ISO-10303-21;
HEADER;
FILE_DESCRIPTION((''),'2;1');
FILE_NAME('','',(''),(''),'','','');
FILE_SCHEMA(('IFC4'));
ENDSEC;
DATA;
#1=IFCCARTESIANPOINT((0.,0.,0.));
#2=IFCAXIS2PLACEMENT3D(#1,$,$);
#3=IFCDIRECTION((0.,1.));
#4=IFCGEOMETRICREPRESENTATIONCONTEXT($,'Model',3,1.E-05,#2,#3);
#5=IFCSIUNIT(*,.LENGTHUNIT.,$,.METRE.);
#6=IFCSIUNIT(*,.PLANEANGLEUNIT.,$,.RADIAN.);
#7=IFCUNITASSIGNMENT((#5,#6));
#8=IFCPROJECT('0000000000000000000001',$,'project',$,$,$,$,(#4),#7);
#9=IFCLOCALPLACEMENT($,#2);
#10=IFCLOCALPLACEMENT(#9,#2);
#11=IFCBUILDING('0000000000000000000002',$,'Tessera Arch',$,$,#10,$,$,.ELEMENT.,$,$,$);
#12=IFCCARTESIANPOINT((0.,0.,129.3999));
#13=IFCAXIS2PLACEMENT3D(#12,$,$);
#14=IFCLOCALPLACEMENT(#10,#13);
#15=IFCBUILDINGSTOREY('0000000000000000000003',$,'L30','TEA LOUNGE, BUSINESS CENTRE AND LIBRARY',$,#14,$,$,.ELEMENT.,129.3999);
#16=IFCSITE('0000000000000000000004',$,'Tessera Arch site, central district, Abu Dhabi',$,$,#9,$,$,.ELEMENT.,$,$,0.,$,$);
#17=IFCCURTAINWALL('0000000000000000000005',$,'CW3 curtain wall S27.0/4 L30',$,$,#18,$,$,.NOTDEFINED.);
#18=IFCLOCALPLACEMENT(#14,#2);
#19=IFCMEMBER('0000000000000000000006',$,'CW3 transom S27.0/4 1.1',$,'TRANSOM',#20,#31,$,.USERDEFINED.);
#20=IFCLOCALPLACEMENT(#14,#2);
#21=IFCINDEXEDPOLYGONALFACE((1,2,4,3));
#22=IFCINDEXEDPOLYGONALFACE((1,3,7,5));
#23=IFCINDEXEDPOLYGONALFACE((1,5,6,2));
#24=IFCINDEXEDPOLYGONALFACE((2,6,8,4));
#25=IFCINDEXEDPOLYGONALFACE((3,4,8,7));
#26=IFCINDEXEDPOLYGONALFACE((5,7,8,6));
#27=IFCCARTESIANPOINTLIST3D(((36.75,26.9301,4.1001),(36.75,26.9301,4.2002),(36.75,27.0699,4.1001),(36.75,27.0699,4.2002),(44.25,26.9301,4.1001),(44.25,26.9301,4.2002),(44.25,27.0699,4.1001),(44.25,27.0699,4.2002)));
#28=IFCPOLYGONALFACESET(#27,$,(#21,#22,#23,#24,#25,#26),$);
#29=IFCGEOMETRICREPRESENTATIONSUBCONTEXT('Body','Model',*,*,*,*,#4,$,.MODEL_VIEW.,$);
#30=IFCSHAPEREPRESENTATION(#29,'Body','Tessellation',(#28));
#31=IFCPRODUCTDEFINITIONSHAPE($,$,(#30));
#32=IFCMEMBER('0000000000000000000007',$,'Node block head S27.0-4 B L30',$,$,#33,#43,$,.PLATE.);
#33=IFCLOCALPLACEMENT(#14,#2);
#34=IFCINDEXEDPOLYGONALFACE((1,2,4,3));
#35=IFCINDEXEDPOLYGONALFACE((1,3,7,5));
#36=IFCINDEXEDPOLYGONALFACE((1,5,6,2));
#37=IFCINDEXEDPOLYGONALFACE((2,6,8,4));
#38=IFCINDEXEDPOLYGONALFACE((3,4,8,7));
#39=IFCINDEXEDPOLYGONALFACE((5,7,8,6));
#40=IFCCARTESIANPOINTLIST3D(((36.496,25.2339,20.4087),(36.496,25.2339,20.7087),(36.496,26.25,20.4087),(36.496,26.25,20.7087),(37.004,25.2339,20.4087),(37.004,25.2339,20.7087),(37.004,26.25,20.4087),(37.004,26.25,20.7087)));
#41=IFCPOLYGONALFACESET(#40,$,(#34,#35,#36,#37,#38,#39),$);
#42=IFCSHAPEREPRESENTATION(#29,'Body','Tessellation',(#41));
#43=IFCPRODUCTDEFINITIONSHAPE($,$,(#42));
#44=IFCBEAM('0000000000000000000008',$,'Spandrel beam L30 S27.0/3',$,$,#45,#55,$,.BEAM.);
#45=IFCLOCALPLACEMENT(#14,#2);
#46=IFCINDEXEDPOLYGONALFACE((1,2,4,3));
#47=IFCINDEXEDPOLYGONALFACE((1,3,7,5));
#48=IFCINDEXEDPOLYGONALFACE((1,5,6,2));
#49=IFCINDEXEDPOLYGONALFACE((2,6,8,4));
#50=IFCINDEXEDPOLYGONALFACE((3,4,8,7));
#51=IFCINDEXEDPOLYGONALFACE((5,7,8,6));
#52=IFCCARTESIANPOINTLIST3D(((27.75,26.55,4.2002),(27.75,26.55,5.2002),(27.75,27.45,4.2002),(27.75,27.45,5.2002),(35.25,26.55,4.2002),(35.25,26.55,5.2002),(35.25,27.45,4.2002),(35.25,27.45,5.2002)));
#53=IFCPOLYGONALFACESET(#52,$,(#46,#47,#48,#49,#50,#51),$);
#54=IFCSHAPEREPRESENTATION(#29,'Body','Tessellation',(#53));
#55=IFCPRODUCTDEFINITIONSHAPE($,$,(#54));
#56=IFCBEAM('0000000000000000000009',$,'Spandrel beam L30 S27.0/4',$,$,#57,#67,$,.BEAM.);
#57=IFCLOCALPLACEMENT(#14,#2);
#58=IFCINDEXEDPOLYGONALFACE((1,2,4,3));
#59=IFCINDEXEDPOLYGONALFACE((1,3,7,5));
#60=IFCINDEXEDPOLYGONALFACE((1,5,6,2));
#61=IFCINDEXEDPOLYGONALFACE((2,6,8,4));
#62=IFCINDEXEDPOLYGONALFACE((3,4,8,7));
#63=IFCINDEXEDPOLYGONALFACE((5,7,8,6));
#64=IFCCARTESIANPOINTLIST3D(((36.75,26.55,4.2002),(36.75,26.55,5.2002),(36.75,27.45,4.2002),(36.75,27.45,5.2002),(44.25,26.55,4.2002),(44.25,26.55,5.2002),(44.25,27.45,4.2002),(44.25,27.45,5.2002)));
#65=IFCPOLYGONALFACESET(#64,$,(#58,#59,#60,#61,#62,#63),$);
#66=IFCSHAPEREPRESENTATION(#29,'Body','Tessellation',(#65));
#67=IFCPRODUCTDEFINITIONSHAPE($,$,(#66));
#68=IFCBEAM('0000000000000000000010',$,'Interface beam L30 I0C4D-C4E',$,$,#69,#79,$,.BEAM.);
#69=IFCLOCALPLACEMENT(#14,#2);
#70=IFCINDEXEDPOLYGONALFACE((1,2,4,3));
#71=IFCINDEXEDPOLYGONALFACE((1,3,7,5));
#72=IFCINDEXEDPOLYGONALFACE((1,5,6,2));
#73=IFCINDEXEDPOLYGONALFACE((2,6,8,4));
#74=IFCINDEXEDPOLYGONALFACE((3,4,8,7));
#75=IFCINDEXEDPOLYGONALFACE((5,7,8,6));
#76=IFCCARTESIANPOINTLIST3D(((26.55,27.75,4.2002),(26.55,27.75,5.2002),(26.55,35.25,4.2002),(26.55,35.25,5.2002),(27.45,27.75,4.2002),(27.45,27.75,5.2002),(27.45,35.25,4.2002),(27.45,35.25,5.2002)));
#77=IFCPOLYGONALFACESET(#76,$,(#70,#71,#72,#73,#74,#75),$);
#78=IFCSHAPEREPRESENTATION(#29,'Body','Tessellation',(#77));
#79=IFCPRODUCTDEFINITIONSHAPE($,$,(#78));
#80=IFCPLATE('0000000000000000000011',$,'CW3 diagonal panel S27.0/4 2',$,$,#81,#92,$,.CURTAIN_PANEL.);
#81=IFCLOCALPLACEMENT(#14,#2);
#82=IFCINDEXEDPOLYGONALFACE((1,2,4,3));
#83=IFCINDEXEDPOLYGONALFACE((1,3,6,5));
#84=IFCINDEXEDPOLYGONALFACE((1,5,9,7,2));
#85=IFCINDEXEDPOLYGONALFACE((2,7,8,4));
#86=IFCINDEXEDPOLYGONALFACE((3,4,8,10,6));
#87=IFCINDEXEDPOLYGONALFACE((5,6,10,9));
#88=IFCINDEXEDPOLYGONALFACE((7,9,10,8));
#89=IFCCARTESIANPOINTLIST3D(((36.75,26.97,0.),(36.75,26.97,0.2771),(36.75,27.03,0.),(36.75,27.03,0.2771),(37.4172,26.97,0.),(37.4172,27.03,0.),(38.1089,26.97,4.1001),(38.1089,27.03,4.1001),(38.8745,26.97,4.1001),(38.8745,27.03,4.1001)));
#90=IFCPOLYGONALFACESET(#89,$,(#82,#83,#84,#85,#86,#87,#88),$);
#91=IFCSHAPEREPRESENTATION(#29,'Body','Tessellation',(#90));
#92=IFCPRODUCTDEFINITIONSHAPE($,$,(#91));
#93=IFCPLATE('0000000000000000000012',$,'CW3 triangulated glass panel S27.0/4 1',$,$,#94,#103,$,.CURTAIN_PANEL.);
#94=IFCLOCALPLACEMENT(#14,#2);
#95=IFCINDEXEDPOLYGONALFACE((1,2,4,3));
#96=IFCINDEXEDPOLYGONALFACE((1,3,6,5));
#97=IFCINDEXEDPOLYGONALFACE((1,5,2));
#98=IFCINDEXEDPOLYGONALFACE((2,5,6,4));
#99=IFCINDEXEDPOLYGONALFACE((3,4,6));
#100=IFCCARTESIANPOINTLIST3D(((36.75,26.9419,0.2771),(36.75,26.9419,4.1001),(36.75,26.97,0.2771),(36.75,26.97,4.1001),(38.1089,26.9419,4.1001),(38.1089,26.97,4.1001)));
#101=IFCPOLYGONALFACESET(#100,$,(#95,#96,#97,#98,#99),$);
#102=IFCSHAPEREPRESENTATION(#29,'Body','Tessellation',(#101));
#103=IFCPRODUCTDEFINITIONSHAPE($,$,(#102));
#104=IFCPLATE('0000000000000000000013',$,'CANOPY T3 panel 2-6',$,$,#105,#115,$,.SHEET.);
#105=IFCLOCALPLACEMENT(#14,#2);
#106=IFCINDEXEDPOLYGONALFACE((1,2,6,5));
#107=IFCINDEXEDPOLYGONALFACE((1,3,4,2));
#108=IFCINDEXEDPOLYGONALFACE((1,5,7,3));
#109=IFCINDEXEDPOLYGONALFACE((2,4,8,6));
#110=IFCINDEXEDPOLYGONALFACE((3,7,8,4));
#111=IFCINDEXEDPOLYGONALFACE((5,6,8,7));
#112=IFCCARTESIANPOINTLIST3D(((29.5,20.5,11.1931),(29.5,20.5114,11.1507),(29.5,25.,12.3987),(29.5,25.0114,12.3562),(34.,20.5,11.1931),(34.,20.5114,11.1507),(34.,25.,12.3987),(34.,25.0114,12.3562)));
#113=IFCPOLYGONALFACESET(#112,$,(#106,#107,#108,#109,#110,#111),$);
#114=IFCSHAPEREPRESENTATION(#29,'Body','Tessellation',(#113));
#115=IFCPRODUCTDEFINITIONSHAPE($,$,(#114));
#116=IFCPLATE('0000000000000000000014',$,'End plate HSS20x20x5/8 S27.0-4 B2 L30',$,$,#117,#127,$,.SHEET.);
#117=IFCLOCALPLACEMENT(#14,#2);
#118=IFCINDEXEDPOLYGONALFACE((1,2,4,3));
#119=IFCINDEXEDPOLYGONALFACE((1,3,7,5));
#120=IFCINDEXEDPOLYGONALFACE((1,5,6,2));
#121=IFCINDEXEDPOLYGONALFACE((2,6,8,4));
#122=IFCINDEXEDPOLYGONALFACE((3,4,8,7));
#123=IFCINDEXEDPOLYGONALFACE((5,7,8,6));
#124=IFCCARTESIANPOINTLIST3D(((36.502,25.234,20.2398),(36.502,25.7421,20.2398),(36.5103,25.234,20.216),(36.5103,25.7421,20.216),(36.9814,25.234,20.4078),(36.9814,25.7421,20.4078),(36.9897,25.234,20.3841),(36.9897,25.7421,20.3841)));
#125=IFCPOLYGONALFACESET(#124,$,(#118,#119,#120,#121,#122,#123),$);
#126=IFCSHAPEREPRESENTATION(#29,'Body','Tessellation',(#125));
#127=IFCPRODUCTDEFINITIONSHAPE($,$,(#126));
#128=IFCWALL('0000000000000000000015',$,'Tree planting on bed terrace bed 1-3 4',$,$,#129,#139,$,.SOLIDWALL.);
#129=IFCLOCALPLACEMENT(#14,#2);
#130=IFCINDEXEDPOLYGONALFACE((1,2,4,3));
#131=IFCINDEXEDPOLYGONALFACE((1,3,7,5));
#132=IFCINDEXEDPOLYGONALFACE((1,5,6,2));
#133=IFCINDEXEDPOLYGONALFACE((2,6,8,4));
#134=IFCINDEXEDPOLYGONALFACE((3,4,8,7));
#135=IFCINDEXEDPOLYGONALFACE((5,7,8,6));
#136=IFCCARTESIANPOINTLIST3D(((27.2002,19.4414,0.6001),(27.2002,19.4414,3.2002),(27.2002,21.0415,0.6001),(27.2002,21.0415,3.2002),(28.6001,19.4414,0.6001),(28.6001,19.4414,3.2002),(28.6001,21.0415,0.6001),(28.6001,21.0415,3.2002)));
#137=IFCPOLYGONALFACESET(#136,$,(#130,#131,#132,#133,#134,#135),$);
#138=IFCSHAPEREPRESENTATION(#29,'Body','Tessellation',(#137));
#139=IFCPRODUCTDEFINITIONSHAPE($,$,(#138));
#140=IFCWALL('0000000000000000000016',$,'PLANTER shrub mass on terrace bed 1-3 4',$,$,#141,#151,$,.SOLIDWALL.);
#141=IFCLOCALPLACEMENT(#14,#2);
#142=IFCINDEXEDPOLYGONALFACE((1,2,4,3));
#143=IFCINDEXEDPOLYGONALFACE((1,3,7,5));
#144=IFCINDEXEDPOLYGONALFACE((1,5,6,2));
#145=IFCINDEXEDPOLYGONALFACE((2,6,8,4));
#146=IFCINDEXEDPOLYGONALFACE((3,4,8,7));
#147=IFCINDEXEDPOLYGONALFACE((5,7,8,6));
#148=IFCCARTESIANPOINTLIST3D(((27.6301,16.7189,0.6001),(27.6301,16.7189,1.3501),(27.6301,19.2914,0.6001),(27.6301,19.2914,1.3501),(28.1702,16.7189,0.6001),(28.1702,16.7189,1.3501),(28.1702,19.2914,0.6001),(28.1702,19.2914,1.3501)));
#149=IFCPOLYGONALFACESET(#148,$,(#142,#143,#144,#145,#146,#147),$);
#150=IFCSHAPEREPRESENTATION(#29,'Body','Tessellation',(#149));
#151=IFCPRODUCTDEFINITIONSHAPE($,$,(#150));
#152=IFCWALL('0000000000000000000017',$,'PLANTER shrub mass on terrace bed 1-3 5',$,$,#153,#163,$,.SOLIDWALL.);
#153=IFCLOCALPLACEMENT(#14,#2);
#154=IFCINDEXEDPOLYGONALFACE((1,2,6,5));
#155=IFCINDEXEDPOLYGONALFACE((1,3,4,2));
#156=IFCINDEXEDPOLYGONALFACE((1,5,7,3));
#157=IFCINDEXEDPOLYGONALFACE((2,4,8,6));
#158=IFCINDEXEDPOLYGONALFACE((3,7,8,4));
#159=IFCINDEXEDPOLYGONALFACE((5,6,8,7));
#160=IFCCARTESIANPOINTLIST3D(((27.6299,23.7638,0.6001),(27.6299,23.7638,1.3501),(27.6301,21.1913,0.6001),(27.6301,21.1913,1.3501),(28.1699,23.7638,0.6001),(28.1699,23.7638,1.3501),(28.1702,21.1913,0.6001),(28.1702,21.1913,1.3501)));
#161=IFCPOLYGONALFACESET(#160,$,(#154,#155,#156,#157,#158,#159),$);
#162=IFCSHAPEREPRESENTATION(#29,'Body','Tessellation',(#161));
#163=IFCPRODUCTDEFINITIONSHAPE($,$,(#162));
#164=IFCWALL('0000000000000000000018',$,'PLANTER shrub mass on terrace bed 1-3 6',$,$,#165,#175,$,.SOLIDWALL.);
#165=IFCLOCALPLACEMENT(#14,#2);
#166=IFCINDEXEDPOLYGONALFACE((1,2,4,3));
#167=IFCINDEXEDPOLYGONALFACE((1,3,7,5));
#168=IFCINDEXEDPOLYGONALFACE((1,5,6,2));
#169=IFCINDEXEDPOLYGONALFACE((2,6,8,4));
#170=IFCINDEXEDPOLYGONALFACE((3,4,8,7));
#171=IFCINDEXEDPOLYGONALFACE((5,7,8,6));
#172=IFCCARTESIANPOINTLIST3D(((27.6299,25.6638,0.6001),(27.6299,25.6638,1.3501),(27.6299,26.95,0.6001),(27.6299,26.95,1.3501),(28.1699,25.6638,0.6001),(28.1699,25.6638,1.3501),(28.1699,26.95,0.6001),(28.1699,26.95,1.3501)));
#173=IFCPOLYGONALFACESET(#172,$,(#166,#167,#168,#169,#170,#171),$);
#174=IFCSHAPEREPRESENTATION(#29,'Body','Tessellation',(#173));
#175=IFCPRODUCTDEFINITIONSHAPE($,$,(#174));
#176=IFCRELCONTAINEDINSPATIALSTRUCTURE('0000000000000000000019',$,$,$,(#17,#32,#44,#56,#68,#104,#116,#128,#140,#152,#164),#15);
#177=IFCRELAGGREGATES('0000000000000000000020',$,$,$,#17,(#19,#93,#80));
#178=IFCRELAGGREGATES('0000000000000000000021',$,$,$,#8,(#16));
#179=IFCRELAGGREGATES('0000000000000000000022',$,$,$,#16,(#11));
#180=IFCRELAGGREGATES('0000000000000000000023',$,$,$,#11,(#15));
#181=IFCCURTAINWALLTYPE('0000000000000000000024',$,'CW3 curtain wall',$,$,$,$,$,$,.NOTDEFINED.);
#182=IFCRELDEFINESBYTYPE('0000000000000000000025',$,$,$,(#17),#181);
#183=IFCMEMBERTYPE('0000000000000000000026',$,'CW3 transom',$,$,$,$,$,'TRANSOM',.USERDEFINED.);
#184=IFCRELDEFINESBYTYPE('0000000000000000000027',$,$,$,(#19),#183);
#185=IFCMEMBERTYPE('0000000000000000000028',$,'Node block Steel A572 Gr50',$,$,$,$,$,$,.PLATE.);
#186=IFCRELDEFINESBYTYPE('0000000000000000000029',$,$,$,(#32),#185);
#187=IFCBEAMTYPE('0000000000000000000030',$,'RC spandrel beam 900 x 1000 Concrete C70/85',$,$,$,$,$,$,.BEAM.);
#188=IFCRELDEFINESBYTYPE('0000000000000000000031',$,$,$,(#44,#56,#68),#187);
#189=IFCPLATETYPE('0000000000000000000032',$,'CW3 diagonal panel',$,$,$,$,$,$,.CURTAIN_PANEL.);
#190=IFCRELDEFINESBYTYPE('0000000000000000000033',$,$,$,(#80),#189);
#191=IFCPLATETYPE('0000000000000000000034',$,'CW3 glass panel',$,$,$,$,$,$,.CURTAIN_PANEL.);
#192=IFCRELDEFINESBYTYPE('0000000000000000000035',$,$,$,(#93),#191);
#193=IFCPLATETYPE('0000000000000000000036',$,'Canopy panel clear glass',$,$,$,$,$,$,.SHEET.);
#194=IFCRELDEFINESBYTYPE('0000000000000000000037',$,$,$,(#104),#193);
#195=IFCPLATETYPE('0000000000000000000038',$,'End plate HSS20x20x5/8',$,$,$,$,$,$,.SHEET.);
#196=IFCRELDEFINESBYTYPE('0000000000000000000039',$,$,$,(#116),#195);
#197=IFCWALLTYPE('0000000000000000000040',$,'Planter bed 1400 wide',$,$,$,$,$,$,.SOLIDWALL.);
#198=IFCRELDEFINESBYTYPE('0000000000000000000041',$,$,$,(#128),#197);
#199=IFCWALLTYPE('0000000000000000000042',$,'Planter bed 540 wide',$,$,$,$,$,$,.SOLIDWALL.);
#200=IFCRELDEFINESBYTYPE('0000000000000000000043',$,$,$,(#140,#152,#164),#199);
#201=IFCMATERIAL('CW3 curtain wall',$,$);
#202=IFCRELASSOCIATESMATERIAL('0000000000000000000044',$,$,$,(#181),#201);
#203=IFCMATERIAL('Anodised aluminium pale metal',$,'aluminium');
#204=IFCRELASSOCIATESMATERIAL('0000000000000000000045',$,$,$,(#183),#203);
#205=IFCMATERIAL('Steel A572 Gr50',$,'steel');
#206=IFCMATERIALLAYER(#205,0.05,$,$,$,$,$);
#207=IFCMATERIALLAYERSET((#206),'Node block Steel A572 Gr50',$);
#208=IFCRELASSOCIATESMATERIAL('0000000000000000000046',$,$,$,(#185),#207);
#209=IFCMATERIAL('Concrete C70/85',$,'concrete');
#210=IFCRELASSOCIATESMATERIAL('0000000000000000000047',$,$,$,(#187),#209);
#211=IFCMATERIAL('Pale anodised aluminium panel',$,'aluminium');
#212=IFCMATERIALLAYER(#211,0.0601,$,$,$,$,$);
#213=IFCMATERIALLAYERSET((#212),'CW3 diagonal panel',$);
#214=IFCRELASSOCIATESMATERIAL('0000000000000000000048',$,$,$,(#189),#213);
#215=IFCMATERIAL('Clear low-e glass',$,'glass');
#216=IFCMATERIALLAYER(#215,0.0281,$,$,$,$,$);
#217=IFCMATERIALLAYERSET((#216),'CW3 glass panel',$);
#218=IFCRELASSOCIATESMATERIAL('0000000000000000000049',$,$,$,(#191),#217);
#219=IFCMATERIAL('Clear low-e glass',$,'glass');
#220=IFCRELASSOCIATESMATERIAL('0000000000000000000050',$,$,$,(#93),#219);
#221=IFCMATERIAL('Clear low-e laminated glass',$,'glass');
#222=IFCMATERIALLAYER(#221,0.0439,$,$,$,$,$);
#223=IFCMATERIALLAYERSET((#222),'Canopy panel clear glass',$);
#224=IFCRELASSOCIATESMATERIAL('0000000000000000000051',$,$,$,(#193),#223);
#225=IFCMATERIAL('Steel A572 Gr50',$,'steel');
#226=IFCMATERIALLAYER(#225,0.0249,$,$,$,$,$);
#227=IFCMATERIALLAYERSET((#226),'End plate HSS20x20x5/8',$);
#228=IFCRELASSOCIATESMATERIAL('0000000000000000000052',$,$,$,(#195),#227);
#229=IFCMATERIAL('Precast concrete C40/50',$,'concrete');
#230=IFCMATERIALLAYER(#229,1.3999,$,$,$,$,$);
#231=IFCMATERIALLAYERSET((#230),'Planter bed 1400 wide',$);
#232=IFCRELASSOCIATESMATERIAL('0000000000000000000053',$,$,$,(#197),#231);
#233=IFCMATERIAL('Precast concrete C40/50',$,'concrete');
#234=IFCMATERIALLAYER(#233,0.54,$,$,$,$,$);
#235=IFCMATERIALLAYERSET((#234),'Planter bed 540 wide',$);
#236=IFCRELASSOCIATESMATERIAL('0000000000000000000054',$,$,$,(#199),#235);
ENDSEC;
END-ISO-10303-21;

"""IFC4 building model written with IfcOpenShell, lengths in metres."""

from ifc_helpers import new_model, si_unit, direction, frame, frame_2d, origin, origin_2d, place, context, subcontext, project, spatial, polyline, rectangle, outline, extrude, material, layer, layer_set, material_profile, profile_set, type_object, element, aggregate, save


model = new_model("IFC4")

# Units and contexts
model_context = context("Model", 3, precision=1e-05, world=origin(), true_north=direction((0.0, 1.0)))
body_context = subcontext(model_context, "Body", "Model", "MODEL_VIEW")
ifc_project = project(units=[si_unit("LENGTHUNIT", "METRE"), si_unit("PLANEANGLEUNIT", "RADIAN")], contexts=[model_context])

# Site, building, storey
site_placement = place(None, origin())
site = spatial("IfcSite", under=ifc_project, at=site_placement, Name="Tessera Arch site, central district, Abu Dhabi", CompositionType="ELEMENT", RefElevation=0.0)
building_placement = place(site_placement, origin())
building = spatial("IfcBuilding", under=site, at=building_placement, Name="Tessera Arch", CompositionType="ELEMENT")
storey_placement = place(building_placement, frame((0.0, 0.0, 129.3999)))
storey = spatial("IfcBuildingStorey", under=building, at=storey_placement, Name="L30", Description="TEA LOUNGE, BUSINESS CENTRE AND LIBRARY", CompositionType="ELEMENT", Elevation=129.3999)

# Curtain wall, member
ifc_material_1 = material(Name="CW3 curtain wall")
curtain_wall_type = type_object("IfcCurtainWallType", Name="CW3 curtain wall", PredefinedType="NOTDEFINED", material=ifc_material_1)
curtain_wall_placement = place(storey_placement, origin())
curtain_wall = element("IfcCurtainWall", 1, at=curtain_wall_placement, inside=storey, type_object=curtain_wall_type, Name="CW3 curtain wall S27.0/4 L30", PredefinedType="NOTDEFINED")
ifc_material_2 = material(Name="Anodised aluminium pale metal", Category="aluminium")
ifc_material_profile_1 = material_profile(ifc_material_2, rectangle(XDim=0.1399, YDim=0.1001, at=origin_2d()), Name="AL 140x100")
ifc_profile_set_1 = profile_set([ifc_material_profile_1], Name="Anodised aluminium pale metal")
member_type_1 = type_object("IfcMemberType", Name="CW3 transom", ElementType="TRANSOM", PredefinedType="USERDEFINED", material=ifc_profile_set_1)
member_1_placement = place(storey_placement, frame((36.75, 27.0, 4.1501), z_axis=(1.0, 0.0, 0.0), x_axis=(0.0, 1.0, 0.0)))
member_1 = element("IfcMember", 2, at=member_1_placement, type_object=member_type_1, Name="CW3 transom S27.0/4 1.1", ObjectType="TRANSOM", PredefinedType="USERDEFINED", context=body_context, shape_type="SweptSolid", body=[
    extrude(rectangle(XDim=0.1399, YDim=0.1001, at=origin_2d()), origin(), (0.0, 0.0, 1.0), 7.5),
])

# Member
ifc_material_3 = material(Name="Steel A572 Gr50", Category="steel")
ifc_layer_1 = layer(ifc_material_3, 0.05)
ifc_layer_set_1 = layer_set([ifc_layer_1], Name="Node block Steel A572 Gr50")
member_type_2 = type_object("IfcMemberType", Name="Node block Steel A572 Gr50", PredefinedType="PLATE", material=ifc_layer_set_1)
member_2_placement = place(storey_placement, frame((36.75, 25.7419, 20.4087), z_axis=(0.0, 0.0, 1.0), x_axis=(1.0, 0.0, 0.0)))
element("IfcMember", 3, at=member_2_placement, inside=storey, type_object=member_type_2, Name="Node block head S27.0-4 B L30", PredefinedType="PLATE", context=body_context, shape_type="SweptSolid", body=[
    extrude(rectangle(XDim=0.5081, YDim=1.0161, at=origin_2d()), origin(), (0.0, 0.0, 1.0), 0.3),
])

# Beams
ifc_material_4 = material(Name="Concrete C70/85", Category="concrete")
ifc_material_profile_2 = material_profile(ifc_material_4, rectangle(XDim=0.8999, YDim=1.0, at=origin_2d()), Name="RC spandrel beam 900 x 1000 Concrete C70/85")
ifc_profile_set_2 = profile_set([ifc_material_profile_2], Name="Concrete C70/85")
beam_type = type_object("IfcBeamType", Name="RC spandrel beam 900 x 1000 Concrete C70/85", PredefinedType="BEAM", material=ifc_profile_set_2)
for number, where, z_axis, x_axis, name in (
    (4, (27.75, 27.0, 4.7002), (1.0, 0.0, 0.0), (0.0, 1.0, 0.0), "Spandrel beam L30 S27.0/3"),
    (5, (36.75, 27.0, 4.7002), (1.0, 0.0, 0.0), (0.0, 1.0, 0.0), "Spandrel beam L30 S27.0/4"),
    (6, (27.0, 27.75, 4.7002), (0.0, 1.0, 0.0), (-1.0, 0.0, 0.0), "Interface beam L30 I0C4D-C4E"),
):
    element("IfcBeam", number, at=place(storey_placement, frame(where, z_axis=z_axis, x_axis=x_axis)), inside=storey, type_object=beam_type, Name=name, PredefinedType="BEAM", context=body_context, shape_type="SweptSolid", body=[
        extrude(rectangle(XDim=0.8999, YDim=1.0, at=origin_2d()), origin(), (0.0, 0.0, 1.0), 7.5),
    ])

# Plates
ifc_material_5 = material(Name="Pale anodised aluminium panel", Category="aluminium")
ifc_layer_2 = layer(ifc_material_5, 0.0601)
ifc_layer_set_2 = layer_set([ifc_layer_2], Name="CW3 diagonal panel")
plate_type_1 = type_object("IfcPlateType", Name="CW3 diagonal panel", PredefinedType="CURTAIN_PANEL", material=ifc_layer_set_2)
plate_1_placement = place(storey_placement, frame((38.8745, 26.97, 4.1001), z_axis=(0.0, -1.0, 0.0), x_axis=(-1.0, 0.0, 0.0)))
plate_1 = element("IfcPlate", 7, at=plate_1_placement, type_object=plate_type_1, Name="CW3 diagonal panel S27.0/4 2", PredefinedType="CURTAIN_PANEL", context=body_context, shape_type="SweptSolid", body=[
    extrude(outline(polyline([(0.0, 0.0), (0.7656, 0.0), (2.1245, 3.823), (2.1245, 4.1001), (1.4573, 4.1001), (0.0, 0.0)])), origin(), (0.0, 0.0, -1.0), 0.0601),
])
ifc_material_6 = material(Name="Clear low-e glass", Category="glass")
ifc_material_7 = material(Name="Clear low-e glass", Category="glass")
ifc_layer_3 = layer(ifc_material_7, 0.0281)
ifc_layer_set_3 = layer_set([ifc_layer_3], Name="CW3 glass panel")
plate_type_2 = type_object("IfcPlateType", Name="CW3 glass panel", PredefinedType="CURTAIN_PANEL", material=ifc_layer_set_3)
plate_2_placement = place(storey_placement, frame((36.75, 26.9419, 4.1001), z_axis=(0.0, -1.0, 0.0), x_axis=(0.0, 0.0, -1.0)))
plate_2 = element("IfcPlate", 8, at=plate_2_placement, type_object=plate_type_2, material=ifc_material_6, Name="CW3 triangulated glass panel S27.0/4 1", PredefinedType="CURTAIN_PANEL", context=body_context, shape_type="SweptSolid", body=[
    extrude(outline(polyline([(0.0, 0.0), (3.823, 0.0), (0.0, 1.3589), (0.0, 0.0)])), origin(), (0.0, 0.0, -1.0), 0.0281),
])
aggregate(curtain_wall, [member_1, plate_2, plate_1])

# Plates
ifc_material_8 = material(Name="Clear low-e laminated glass", Category="glass")
ifc_layer_4 = layer(ifc_material_8, 0.0439)
ifc_layer_set_4 = layer_set([ifc_layer_4], Name="Canopy panel clear glass")
plate_type_3 = type_object("IfcPlateType", Name="Canopy panel clear glass", PredefinedType="SHEET", material=ifc_layer_set_4)
plate_3_placement = place(storey_placement, frame((34.0, 20.5, 11.1931), z_axis=(0.0, -0.258778, 0.965937), x_axis=(0.0, 0.965937, 0.258778)))
element("IfcPlate", 9, at=plate_3_placement, inside=storey, type_object=plate_type_3, Name="CANOPY T3 panel 2-6", PredefinedType="SHEET", context=body_context, shape_type="SweptSolid", body=[
    extrude(outline(polyline([(0.0, 0.0), (4.6587, 0.0), (4.6587, 4.5), (0.0, 4.5), (0.0, 0.0)])), origin(), (0.0, 0.0, -1.0), 0.0439),
])
ifc_material_9 = material(Name="Steel A572 Gr50", Category="steel")
ifc_layer_5 = layer(ifc_material_9, 0.0249)
ifc_layer_set_5 = layer_set([ifc_layer_5], Name="End plate HSS20x20x5/8")
plate_type_4 = type_object("IfcPlateType", Name="End plate HSS20x20x5/8", PredefinedType="SHEET", material=ifc_layer_set_5)
plate_4_placement = place(storey_placement, frame((36.75, 25.488, 20.3), z_axis=(-0.330784, 0.0, 0.943707), x_axis=(0.0, -1.0, 0.0)))
element("IfcPlate", 10, at=plate_4_placement, inside=storey, type_object=plate_type_4, Name="End plate HSS20x20x5/8 S27.0-4 B2 L30", PredefinedType="SHEET", context=body_context, shape_type="SweptSolid", body=[
    extrude(rectangle(XDim=0.5081, YDim=0.5081, at=origin_2d()), origin(), (0.0, 0.0, 1.0), 0.0251),
])

# Walls
ifc_material_10 = material(Name="Precast concrete C40/50", Category="concrete")
ifc_layer_6 = layer(ifc_material_10, 1.3999)
ifc_layer_set_6 = layer_set([ifc_layer_6], Name="Planter bed 1400 wide")
wall_type_1 = type_object("IfcWallType", Name="Planter bed 1400 wide", PredefinedType="SOLIDWALL", material=ifc_layer_set_6)
wall_1_placement = place(storey_placement, frame((27.9001, 19.4414, 0.6001), z_axis=(0.0, 0.0, 1.0), x_axis=(0.0, 1.0, 0.0)))
element("IfcWall", 11, at=wall_1_placement, inside=storey, type_object=wall_type_1, Name="Tree planting on bed terrace bed 1-3 4", PredefinedType="SOLIDWALL", context=body_context, shape_type="SweptSolid", body=[
    extrude(rectangle(XDim=1.6001, YDim=1.3999, at=frame_2d((0.8, 0.0))), origin(), (0.0, 0.0, 1.0), 2.6001),
])
ifc_material_11 = material(Name="Precast concrete C40/50", Category="concrete")
ifc_layer_7 = layer(ifc_material_11, 0.54)
ifc_layer_set_7 = layer_set([ifc_layer_7], Name="Planter bed 540 wide")
wall_type_2 = type_object("IfcWallType", Name="Planter bed 540 wide", PredefinedType="SOLIDWALL", material=ifc_layer_set_7)
for number, where, z_axis, x_axis, name in (
    (12, (27.9001, 16.719, 0.6001), (0.0, 0.0, 1.0), (0.0, 1.0, 0.0), "PLANTER shrub mass on terrace bed 1-3 4"),
    (13, (27.9001, 21.1914, 0.6001), (0.0, 0.0, 1.0), (-0.000095, 1.0, 0.0), "PLANTER shrub mass on terrace bed 1-3 5"),
):
    element("IfcWall", number, at=place(storey_placement, frame(where, z_axis=z_axis, x_axis=x_axis)), inside=storey, type_object=wall_type_2, Name=name, PredefinedType="SOLIDWALL", context=body_context, shape_type="SweptSolid", body=[
        extrude(rectangle(XDim=2.5725, YDim=0.54, at=frame_2d((1.2861, 0.0))), origin(), (0.0, 0.0, 1.0), 0.75),
    ])
wall_2_placement = place(storey_placement, frame((27.8999, 25.6638, 0.6001), z_axis=(0.0, 0.0, 1.0), x_axis=(0.0, 1.0, 0.0)))
element("IfcWall", 14, at=wall_2_placement, inside=storey, type_object=wall_type_2, Name="PLANTER shrub mass on terrace bed 1-3 6", PredefinedType="SOLIDWALL", context=body_context, shape_type="SweptSolid", body=[
    extrude(rectangle(XDim=1.2861, YDim=0.54, at=frame_2d((0.6431, 0.0))), origin(), (0.0, 0.0, 1.0), 0.75),
])

save(model, "model.ifc")
